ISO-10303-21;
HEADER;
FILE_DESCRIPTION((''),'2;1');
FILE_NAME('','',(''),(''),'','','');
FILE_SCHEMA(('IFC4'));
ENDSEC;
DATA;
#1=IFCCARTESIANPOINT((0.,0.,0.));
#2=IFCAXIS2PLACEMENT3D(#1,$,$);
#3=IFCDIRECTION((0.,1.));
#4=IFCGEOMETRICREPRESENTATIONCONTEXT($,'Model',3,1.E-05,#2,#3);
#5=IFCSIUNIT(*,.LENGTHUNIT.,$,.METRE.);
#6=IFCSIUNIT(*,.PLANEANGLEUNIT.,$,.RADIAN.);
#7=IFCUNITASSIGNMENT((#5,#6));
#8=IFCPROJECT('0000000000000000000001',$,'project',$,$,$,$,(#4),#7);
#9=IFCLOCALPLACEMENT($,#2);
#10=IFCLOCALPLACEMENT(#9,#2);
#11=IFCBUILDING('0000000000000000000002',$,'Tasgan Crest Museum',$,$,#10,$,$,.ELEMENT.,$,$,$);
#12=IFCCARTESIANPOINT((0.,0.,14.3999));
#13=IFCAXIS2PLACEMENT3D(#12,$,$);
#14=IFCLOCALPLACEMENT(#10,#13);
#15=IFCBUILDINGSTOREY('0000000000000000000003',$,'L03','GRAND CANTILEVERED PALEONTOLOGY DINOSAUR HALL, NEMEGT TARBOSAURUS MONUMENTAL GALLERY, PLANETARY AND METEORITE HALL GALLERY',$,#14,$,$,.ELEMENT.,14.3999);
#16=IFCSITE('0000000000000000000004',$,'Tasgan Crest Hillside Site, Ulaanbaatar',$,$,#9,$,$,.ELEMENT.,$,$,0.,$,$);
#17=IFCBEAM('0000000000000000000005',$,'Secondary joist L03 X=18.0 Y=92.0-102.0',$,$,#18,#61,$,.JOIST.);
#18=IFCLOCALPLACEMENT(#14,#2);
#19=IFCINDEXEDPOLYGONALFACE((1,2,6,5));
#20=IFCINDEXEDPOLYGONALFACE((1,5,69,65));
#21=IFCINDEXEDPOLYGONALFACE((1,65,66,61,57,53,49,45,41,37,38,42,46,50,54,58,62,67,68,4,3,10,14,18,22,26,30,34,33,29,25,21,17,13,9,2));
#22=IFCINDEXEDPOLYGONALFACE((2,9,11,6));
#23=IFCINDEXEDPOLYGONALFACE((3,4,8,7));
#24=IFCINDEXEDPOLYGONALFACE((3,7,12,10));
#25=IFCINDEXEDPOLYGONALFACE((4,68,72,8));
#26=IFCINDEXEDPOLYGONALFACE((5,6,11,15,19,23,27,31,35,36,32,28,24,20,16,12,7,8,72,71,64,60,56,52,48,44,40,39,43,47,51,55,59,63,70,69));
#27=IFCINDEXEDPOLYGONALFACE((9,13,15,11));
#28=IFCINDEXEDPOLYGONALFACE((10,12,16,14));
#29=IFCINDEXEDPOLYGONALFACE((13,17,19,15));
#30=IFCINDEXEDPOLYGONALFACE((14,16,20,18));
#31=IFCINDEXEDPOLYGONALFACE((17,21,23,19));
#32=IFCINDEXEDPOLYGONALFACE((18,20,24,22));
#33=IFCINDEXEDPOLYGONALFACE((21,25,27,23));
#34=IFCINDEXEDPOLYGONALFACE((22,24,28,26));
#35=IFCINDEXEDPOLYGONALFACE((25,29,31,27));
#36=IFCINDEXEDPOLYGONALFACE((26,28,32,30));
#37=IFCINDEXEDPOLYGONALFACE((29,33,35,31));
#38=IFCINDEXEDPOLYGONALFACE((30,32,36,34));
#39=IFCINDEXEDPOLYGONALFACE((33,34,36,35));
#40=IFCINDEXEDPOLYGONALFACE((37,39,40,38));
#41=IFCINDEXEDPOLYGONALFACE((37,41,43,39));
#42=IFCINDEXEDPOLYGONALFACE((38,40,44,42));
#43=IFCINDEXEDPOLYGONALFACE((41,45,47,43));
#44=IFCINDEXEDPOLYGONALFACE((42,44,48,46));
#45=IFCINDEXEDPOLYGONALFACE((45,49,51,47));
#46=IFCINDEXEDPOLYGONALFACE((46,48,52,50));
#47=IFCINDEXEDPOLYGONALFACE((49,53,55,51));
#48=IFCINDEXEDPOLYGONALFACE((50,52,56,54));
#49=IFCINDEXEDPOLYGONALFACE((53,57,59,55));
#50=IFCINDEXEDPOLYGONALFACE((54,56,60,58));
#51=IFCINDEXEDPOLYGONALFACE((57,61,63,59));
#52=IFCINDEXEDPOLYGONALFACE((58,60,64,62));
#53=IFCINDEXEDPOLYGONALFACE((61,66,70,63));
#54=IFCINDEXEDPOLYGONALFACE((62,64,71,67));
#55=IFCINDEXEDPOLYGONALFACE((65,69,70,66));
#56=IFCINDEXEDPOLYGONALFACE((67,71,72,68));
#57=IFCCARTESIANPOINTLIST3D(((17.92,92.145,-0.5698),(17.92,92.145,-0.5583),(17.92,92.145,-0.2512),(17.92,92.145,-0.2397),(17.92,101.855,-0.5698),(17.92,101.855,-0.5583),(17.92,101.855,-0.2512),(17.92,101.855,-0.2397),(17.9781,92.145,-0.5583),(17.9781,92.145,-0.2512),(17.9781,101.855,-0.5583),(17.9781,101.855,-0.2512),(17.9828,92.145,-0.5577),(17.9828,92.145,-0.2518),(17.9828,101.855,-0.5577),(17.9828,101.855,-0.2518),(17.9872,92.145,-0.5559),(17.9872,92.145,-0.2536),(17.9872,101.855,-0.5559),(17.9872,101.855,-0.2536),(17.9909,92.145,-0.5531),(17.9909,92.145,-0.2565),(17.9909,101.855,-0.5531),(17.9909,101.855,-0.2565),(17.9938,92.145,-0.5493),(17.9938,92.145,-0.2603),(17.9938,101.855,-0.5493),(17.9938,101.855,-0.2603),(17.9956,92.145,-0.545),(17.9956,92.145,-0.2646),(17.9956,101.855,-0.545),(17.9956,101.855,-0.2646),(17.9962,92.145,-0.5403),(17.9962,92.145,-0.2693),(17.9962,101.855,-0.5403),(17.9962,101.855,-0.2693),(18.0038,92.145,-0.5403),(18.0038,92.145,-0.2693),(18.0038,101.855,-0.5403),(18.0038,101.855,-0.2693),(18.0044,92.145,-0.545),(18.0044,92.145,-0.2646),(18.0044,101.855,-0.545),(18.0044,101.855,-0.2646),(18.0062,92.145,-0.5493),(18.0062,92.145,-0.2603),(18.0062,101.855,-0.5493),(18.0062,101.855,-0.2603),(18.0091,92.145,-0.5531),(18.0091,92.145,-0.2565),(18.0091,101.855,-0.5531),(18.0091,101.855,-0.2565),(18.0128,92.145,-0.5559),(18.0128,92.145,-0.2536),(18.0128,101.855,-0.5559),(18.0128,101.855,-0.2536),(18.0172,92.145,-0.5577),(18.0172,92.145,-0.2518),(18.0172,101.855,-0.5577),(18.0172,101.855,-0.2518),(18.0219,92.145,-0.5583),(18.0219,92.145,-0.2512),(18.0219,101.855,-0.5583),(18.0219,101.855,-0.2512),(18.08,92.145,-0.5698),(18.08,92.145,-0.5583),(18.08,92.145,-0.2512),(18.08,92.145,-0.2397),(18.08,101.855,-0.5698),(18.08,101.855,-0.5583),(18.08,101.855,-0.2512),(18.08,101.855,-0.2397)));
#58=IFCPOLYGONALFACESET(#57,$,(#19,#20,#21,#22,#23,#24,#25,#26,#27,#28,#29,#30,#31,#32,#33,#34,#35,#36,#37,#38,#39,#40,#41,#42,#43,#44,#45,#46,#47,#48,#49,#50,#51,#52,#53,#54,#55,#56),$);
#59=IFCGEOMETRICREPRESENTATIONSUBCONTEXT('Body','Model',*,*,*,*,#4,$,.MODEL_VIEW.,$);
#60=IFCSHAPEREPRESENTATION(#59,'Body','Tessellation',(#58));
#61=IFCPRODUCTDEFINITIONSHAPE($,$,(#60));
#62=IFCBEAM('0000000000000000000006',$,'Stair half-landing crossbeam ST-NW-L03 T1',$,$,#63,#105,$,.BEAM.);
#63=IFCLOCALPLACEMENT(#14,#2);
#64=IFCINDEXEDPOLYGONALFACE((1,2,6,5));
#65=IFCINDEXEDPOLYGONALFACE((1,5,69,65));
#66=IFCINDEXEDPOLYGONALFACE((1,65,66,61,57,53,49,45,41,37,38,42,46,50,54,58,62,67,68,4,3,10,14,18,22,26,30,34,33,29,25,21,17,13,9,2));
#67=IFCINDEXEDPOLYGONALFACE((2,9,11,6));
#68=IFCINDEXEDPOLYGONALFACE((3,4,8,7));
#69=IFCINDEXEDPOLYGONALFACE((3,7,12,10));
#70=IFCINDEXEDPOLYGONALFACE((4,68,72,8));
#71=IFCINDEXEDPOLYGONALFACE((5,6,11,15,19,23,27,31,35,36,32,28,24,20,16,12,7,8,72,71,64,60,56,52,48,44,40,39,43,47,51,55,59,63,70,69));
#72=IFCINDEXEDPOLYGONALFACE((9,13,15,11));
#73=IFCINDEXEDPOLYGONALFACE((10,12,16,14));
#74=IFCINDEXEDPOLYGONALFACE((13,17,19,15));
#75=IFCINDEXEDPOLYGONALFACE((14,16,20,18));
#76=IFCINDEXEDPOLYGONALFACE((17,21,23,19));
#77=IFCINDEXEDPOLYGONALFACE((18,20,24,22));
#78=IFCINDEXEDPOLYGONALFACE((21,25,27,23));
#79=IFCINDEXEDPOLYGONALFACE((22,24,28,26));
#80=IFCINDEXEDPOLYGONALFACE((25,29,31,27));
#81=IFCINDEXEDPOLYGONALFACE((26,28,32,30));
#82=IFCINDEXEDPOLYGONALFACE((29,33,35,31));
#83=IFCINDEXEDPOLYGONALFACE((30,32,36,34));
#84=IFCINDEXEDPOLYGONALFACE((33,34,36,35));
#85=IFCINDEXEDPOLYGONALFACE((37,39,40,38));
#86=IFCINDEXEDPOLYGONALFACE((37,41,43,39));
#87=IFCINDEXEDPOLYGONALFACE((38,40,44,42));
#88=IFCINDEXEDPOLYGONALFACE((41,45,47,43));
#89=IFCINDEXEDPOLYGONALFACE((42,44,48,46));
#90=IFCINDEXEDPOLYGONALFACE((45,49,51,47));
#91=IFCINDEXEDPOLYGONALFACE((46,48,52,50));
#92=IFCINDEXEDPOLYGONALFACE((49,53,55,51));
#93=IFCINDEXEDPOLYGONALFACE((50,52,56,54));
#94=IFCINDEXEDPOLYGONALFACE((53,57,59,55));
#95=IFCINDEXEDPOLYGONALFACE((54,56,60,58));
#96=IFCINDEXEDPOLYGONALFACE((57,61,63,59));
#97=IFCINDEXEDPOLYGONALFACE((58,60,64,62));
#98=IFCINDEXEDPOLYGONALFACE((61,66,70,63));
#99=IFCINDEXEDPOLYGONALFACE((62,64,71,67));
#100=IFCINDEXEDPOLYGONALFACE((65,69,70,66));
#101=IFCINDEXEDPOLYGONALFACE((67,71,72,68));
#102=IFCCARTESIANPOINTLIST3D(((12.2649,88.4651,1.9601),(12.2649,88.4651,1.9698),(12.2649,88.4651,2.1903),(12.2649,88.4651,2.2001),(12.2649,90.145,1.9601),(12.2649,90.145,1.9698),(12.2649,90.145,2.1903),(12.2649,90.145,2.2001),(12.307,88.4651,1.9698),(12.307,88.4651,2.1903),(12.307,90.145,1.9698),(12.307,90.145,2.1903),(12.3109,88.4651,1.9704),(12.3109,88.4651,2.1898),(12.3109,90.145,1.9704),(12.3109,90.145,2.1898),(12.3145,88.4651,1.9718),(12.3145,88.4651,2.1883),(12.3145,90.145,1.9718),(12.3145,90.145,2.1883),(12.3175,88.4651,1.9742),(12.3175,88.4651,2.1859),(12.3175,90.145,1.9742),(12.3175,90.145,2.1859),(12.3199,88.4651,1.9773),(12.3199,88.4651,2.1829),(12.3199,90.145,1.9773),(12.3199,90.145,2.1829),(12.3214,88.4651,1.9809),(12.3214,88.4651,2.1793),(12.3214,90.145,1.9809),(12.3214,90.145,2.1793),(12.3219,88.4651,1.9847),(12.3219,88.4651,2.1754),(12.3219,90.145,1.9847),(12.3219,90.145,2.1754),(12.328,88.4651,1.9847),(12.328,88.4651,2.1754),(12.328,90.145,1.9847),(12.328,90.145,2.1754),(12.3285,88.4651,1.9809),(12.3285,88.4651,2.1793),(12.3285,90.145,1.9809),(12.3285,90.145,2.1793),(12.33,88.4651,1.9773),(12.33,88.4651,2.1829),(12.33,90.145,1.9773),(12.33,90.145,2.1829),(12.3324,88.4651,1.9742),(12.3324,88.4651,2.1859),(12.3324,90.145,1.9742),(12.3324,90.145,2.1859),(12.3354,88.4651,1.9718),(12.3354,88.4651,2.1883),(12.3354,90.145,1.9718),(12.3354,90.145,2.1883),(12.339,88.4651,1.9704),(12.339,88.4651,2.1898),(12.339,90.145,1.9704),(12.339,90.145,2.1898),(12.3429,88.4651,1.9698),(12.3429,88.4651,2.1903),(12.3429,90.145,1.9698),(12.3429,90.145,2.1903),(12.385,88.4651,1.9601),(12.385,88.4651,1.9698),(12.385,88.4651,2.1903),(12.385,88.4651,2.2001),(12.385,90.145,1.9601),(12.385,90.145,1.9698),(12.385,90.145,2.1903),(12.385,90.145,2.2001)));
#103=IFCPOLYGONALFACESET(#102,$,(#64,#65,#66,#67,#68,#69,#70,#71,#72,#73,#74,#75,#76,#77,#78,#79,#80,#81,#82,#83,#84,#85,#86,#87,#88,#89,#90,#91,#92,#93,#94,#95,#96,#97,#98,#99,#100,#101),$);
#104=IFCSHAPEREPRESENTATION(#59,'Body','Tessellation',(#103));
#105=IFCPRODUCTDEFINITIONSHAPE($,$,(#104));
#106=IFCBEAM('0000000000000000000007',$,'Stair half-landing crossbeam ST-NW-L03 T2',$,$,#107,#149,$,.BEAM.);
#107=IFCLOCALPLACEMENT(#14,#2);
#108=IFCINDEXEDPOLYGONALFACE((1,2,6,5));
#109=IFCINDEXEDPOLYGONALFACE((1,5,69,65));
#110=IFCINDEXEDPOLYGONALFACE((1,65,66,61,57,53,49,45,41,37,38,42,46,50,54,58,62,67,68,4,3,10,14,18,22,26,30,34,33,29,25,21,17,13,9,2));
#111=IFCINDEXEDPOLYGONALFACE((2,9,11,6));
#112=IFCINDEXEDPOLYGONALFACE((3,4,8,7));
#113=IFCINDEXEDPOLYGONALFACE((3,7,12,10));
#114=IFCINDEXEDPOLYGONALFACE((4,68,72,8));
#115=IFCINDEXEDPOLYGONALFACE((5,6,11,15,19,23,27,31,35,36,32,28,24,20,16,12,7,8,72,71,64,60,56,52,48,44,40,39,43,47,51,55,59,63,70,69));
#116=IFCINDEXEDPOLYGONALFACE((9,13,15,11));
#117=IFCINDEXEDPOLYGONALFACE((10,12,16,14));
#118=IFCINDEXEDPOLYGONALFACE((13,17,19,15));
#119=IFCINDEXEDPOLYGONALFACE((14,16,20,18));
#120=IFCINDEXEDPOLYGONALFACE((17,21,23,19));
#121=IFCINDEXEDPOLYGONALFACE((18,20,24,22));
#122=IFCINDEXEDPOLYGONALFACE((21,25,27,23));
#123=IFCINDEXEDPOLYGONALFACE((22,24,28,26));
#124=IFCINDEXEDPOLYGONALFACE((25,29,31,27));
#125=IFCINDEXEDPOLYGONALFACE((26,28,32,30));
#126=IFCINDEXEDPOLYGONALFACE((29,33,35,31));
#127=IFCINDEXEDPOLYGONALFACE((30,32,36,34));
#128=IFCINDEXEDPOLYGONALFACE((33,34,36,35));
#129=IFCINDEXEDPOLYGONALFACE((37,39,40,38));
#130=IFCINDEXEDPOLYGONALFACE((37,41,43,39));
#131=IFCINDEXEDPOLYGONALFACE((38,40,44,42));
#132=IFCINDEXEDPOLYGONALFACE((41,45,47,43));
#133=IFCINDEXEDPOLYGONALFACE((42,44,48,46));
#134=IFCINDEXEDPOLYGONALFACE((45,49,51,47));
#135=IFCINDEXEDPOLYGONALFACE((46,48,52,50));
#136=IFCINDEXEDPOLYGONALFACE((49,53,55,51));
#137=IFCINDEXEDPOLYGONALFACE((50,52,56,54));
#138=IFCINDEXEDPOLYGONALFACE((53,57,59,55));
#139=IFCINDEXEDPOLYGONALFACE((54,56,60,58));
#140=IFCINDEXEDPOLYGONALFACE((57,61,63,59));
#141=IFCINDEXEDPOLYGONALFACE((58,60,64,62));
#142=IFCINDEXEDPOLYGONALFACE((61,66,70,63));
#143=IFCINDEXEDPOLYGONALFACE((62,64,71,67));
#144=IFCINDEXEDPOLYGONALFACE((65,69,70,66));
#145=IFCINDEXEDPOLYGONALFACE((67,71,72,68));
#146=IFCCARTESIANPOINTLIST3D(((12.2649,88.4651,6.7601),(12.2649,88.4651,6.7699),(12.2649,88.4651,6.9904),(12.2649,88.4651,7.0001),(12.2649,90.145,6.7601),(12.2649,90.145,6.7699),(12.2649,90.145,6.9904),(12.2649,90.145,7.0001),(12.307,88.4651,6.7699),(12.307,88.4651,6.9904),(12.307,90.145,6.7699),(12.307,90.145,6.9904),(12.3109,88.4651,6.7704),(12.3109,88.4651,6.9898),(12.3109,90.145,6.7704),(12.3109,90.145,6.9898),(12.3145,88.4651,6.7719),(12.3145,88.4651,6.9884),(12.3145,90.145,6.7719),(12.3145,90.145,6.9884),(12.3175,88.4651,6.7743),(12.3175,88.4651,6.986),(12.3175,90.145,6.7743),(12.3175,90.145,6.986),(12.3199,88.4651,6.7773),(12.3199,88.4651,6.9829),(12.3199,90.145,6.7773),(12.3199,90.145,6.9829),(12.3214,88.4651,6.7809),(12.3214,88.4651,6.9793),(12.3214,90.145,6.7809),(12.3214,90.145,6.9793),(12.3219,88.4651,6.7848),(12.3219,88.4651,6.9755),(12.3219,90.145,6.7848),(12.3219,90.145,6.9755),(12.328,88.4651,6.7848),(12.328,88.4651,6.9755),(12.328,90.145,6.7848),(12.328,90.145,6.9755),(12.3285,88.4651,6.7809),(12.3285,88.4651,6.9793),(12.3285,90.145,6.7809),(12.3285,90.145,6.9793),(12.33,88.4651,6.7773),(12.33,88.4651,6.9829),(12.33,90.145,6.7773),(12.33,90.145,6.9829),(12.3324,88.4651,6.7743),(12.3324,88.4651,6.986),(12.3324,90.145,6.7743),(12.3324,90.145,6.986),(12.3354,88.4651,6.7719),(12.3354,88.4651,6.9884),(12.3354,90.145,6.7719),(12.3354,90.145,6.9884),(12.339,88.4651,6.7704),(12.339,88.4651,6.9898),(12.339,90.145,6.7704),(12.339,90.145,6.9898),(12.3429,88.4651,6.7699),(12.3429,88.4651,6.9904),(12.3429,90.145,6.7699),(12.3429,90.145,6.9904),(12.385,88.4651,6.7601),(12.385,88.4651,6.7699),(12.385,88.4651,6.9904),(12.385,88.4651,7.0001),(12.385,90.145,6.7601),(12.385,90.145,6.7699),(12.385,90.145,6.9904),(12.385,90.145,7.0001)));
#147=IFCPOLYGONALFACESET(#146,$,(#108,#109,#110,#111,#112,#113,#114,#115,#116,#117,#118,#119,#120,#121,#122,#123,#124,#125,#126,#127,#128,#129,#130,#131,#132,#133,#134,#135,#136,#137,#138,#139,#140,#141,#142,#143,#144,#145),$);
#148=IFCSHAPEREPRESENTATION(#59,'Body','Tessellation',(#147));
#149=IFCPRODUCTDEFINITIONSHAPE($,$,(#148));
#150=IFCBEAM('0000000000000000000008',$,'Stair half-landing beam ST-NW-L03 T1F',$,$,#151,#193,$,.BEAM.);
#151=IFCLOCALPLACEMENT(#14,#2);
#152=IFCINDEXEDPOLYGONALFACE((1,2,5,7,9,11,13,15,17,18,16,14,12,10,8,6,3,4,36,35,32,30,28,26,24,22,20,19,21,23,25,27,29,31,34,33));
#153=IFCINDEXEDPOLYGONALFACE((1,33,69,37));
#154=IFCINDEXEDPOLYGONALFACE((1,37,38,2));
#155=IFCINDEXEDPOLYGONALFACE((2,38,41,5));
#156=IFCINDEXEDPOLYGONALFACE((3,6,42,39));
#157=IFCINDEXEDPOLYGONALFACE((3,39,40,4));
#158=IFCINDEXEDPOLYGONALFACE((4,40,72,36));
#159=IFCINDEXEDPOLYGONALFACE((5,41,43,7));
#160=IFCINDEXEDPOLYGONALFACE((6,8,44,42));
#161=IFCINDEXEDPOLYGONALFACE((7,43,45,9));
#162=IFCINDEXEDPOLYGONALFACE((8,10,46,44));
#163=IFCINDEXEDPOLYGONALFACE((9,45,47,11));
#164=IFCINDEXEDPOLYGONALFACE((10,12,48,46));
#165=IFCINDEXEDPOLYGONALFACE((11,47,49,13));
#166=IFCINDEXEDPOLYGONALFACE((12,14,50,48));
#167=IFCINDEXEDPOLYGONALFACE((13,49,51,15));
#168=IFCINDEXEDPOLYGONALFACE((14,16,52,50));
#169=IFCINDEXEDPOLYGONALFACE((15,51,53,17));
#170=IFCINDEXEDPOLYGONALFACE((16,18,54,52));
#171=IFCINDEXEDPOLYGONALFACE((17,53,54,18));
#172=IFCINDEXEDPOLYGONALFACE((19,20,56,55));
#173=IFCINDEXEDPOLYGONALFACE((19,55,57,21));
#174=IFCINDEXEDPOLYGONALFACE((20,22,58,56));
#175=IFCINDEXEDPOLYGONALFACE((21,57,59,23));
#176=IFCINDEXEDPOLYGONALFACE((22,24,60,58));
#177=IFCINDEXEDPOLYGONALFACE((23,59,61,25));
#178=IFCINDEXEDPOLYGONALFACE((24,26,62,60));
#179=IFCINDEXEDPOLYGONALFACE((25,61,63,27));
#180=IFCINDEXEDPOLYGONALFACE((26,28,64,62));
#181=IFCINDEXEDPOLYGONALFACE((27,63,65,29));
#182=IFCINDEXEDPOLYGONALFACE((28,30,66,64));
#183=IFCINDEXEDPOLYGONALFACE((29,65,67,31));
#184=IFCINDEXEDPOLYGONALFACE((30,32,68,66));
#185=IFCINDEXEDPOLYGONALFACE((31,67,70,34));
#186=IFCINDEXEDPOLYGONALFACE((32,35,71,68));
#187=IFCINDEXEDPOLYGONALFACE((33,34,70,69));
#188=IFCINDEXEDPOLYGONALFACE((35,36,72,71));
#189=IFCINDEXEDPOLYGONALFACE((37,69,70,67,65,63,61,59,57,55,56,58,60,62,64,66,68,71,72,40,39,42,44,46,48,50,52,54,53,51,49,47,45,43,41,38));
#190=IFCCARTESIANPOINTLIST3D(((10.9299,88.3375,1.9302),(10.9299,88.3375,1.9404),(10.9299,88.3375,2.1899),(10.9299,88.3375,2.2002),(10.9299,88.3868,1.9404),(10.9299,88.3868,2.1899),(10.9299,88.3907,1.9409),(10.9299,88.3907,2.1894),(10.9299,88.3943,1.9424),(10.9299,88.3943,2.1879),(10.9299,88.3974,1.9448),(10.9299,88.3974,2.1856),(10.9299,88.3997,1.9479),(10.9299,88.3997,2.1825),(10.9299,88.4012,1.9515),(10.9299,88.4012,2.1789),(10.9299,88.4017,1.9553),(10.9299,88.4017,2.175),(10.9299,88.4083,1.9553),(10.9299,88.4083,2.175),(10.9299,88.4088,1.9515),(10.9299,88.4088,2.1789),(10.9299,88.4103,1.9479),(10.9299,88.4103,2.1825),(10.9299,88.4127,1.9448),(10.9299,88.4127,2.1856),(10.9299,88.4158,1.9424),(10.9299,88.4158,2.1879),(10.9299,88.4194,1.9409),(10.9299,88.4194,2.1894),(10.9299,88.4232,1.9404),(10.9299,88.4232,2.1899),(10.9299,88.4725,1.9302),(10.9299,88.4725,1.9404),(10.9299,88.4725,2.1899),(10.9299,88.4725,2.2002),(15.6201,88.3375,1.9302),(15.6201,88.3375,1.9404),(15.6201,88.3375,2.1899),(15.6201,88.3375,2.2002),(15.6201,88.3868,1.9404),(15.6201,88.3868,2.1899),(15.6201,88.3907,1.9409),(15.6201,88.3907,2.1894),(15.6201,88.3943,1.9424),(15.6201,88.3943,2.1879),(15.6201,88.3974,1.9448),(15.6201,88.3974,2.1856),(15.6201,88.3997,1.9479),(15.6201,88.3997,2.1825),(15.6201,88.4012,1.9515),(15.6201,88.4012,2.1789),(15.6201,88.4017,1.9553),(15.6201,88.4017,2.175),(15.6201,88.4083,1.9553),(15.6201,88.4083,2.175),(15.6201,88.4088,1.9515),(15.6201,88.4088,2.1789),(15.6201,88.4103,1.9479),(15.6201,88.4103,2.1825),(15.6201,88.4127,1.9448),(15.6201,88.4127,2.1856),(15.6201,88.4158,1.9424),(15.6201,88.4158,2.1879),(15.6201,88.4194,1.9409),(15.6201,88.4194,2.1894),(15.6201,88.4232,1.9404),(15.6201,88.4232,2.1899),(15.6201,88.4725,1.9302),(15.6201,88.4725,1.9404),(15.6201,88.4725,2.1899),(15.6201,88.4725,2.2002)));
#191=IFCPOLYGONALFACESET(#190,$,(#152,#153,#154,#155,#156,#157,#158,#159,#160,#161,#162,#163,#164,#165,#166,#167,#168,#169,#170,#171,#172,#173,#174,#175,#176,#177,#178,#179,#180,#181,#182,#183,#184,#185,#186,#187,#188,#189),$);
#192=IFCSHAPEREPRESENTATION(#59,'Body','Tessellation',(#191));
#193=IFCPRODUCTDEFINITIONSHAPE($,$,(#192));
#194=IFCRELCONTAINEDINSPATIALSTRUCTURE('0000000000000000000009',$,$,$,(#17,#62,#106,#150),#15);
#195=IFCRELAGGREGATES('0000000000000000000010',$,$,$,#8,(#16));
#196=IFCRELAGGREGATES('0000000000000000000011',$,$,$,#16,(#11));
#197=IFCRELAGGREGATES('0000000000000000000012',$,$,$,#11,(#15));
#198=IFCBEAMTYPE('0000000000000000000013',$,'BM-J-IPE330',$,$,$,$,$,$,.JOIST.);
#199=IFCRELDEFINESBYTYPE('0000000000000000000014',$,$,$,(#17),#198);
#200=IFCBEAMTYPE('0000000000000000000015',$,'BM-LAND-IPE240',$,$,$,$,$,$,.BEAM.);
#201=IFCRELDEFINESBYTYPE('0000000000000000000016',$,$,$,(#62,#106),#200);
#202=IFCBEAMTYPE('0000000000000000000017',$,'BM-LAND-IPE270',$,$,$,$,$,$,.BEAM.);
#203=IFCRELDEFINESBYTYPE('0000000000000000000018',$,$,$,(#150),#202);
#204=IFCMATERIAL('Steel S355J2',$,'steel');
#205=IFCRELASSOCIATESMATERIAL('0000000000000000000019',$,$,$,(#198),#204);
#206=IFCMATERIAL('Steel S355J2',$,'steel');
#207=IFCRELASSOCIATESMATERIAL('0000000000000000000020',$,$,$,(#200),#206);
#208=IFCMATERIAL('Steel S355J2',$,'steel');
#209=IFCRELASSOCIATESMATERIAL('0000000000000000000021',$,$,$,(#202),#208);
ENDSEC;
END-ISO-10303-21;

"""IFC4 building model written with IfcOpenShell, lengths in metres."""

from ifc_helpers import new_model, si_unit, direction, frame, origin, origin_2d, place, context, subcontext, project, spatial, i_section, extrude, material, material_profile, profile_set, type_object, element, save


model = new_model("IFC4")

# Units and contexts
model_context = context("Model", 3, precision=1e-05, world=origin(), true_north=direction((0.0, 1.0)))
body_context = subcontext(model_context, "Body", "Model", "MODEL_VIEW")
ifc_project = project(units=[si_unit("LENGTHUNIT", "METRE"), si_unit("PLANEANGLEUNIT", "RADIAN")], contexts=[model_context])

# Site, building, storey
site_placement = place(None, origin())
site = spatial("IfcSite", under=ifc_project, at=site_placement, Name="Tasgan Crest Hillside Site, Ulaanbaatar", CompositionType="ELEMENT", RefElevation=0.0)
building_placement = place(site_placement, origin())
building = spatial("IfcBuilding", under=site, at=building_placement, Name="Tasgan Crest Museum", CompositionType="ELEMENT")
storey_placement = place(building_placement, frame((0.0, 0.0, 14.3999)))
storey = spatial("IfcBuildingStorey", under=building, at=storey_placement, Name="L03", Description="GRAND CANTILEVERED PALEONTOLOGY DINOSAUR HALL, NEMEGT TARBOSAURUS MONUMENTAL GALLERY, PLANETARY AND METEORITE HALL GALLERY", CompositionType="ELEMENT", Elevation=14.3999)

# Beams
ifc_material_1 = material(Name="Steel S355J2", Category="steel")
ifc_material_profile_1 = material_profile(ifc_material_1, i_section(OverallWidth=0.1599, OverallDepth=0.3301, WebThickness=0.0076, FlangeThickness=0.0115, FilletRadius=0.0181, at=origin_2d()), Name="IPE 330")
ifc_profile_set_1 = profile_set([ifc_material_profile_1], Name="Steel S355J2")
beam_type_1 = type_object("IfcBeamType", Name="BM-J-IPE330", PredefinedType="JOIST", material=ifc_profile_set_1)
for number, where, z_axis, x_axis, name in (
    (1, (18.0, 92.145, -0.4048), (0.0, 1.0, 0.0), (-1.0, 0.0, 0.0), "Secondary joist L03 X=18.0 Y=92.0-102.0"),
):
    element("IfcBeam", number, at=place(storey_placement, frame(where, z_axis=z_axis, x_axis=x_axis)), inside=storey, type_object=beam_type_1, Name=name, PredefinedType="JOIST", context=body_context, shape_type="SweptSolid", body=[
        extrude(i_section(OverallWidth=0.1599, OverallDepth=0.3301, WebThickness=0.0076, FlangeThickness=0.0115, FilletRadius=0.0181, at=origin_2d()), origin(), (0.0, 0.0, 1.0), 9.71),
    ])
ifc_material_2 = material(Name="Steel S355J2", Category="steel")
ifc_material_profile_2 = material_profile(ifc_material_2, i_section(OverallWidth=0.1201, OverallDepth=0.24, WebThickness=0.0061, FlangeThickness=0.0098, FilletRadius=0.0149, at=origin_2d()), Name="IPE 240")
ifc_profile_set_2 = profile_set([ifc_material_profile_2], Name="Steel S355J2")
beam_type_2 = type_object("IfcBeamType", Name="BM-LAND-IPE240", PredefinedType="BEAM", material=ifc_profile_set_2)
for number, where, z_axis, x_axis, name in (
    (2, (12.325, 88.4651, 2.0801), (0.0, 1.0, 0.0), (-1.0, 0.0, 0.0), "Stair half-landing crossbeam ST-NW-L03 T1"),
    (3, (12.325, 88.4651, 6.8801), (0.0, 1.0, 0.0), (-1.0, 0.0, 0.0), "Stair half-landing crossbeam ST-NW-L03 T2"),
):
    element("IfcBeam", number, at=place(storey_placement, frame(where, z_axis=z_axis, x_axis=x_axis)), inside=storey, type_object=beam_type_2, Name=name, PredefinedType="BEAM", context=body_context, shape_type="SweptSolid", body=[
        extrude(i_section(OverallWidth=0.1201, OverallDepth=0.24, WebThickness=0.0061, FlangeThickness=0.0098, FilletRadius=0.0149, at=origin_2d()), origin(), (0.0, 0.0, 1.0), 1.6799),
    ])
ifc_material_3 = material(Name="Steel S355J2", Category="steel")
ifc_material_profile_3 = material_profile(ifc_material_3, i_section(OverallWidth=0.135, OverallDepth=0.27, WebThickness=0.0066, FlangeThickness=0.0103, FilletRadius=0.0149, at=origin_2d()), Name="IPE 270")
ifc_profile_set_3 = profile_set([ifc_material_profile_3], Name="Steel S355J2")
beam_type_3 = type_object("IfcBeamType", Name="BM-LAND-IPE270", PredefinedType="BEAM", material=ifc_profile_set_3)
for number, where, z_axis, x_axis, name in (
    (4, (10.9299, 88.405, 2.0652), (1.0, 0.0, 0.0), (0.0, 1.0, 0.0), "Stair half-landing beam ST-NW-L03 T1F"),
):
    element("IfcBeam", number, at=place(storey_placement, frame(where, z_axis=z_axis, x_axis=x_axis)), inside=storey, type_object=beam_type_3, Name=name, PredefinedType="BEAM", context=body_context, shape_type="SweptSolid", body=[
        extrude(i_section(OverallWidth=0.135, OverallDepth=0.27, WebThickness=0.0066, FlangeThickness=0.0103, FilletRadius=0.0149, at=origin_2d()), origin(), (0.0, 0.0, 1.0), 4.6902),
    ])

save(model, "model.ifc")
